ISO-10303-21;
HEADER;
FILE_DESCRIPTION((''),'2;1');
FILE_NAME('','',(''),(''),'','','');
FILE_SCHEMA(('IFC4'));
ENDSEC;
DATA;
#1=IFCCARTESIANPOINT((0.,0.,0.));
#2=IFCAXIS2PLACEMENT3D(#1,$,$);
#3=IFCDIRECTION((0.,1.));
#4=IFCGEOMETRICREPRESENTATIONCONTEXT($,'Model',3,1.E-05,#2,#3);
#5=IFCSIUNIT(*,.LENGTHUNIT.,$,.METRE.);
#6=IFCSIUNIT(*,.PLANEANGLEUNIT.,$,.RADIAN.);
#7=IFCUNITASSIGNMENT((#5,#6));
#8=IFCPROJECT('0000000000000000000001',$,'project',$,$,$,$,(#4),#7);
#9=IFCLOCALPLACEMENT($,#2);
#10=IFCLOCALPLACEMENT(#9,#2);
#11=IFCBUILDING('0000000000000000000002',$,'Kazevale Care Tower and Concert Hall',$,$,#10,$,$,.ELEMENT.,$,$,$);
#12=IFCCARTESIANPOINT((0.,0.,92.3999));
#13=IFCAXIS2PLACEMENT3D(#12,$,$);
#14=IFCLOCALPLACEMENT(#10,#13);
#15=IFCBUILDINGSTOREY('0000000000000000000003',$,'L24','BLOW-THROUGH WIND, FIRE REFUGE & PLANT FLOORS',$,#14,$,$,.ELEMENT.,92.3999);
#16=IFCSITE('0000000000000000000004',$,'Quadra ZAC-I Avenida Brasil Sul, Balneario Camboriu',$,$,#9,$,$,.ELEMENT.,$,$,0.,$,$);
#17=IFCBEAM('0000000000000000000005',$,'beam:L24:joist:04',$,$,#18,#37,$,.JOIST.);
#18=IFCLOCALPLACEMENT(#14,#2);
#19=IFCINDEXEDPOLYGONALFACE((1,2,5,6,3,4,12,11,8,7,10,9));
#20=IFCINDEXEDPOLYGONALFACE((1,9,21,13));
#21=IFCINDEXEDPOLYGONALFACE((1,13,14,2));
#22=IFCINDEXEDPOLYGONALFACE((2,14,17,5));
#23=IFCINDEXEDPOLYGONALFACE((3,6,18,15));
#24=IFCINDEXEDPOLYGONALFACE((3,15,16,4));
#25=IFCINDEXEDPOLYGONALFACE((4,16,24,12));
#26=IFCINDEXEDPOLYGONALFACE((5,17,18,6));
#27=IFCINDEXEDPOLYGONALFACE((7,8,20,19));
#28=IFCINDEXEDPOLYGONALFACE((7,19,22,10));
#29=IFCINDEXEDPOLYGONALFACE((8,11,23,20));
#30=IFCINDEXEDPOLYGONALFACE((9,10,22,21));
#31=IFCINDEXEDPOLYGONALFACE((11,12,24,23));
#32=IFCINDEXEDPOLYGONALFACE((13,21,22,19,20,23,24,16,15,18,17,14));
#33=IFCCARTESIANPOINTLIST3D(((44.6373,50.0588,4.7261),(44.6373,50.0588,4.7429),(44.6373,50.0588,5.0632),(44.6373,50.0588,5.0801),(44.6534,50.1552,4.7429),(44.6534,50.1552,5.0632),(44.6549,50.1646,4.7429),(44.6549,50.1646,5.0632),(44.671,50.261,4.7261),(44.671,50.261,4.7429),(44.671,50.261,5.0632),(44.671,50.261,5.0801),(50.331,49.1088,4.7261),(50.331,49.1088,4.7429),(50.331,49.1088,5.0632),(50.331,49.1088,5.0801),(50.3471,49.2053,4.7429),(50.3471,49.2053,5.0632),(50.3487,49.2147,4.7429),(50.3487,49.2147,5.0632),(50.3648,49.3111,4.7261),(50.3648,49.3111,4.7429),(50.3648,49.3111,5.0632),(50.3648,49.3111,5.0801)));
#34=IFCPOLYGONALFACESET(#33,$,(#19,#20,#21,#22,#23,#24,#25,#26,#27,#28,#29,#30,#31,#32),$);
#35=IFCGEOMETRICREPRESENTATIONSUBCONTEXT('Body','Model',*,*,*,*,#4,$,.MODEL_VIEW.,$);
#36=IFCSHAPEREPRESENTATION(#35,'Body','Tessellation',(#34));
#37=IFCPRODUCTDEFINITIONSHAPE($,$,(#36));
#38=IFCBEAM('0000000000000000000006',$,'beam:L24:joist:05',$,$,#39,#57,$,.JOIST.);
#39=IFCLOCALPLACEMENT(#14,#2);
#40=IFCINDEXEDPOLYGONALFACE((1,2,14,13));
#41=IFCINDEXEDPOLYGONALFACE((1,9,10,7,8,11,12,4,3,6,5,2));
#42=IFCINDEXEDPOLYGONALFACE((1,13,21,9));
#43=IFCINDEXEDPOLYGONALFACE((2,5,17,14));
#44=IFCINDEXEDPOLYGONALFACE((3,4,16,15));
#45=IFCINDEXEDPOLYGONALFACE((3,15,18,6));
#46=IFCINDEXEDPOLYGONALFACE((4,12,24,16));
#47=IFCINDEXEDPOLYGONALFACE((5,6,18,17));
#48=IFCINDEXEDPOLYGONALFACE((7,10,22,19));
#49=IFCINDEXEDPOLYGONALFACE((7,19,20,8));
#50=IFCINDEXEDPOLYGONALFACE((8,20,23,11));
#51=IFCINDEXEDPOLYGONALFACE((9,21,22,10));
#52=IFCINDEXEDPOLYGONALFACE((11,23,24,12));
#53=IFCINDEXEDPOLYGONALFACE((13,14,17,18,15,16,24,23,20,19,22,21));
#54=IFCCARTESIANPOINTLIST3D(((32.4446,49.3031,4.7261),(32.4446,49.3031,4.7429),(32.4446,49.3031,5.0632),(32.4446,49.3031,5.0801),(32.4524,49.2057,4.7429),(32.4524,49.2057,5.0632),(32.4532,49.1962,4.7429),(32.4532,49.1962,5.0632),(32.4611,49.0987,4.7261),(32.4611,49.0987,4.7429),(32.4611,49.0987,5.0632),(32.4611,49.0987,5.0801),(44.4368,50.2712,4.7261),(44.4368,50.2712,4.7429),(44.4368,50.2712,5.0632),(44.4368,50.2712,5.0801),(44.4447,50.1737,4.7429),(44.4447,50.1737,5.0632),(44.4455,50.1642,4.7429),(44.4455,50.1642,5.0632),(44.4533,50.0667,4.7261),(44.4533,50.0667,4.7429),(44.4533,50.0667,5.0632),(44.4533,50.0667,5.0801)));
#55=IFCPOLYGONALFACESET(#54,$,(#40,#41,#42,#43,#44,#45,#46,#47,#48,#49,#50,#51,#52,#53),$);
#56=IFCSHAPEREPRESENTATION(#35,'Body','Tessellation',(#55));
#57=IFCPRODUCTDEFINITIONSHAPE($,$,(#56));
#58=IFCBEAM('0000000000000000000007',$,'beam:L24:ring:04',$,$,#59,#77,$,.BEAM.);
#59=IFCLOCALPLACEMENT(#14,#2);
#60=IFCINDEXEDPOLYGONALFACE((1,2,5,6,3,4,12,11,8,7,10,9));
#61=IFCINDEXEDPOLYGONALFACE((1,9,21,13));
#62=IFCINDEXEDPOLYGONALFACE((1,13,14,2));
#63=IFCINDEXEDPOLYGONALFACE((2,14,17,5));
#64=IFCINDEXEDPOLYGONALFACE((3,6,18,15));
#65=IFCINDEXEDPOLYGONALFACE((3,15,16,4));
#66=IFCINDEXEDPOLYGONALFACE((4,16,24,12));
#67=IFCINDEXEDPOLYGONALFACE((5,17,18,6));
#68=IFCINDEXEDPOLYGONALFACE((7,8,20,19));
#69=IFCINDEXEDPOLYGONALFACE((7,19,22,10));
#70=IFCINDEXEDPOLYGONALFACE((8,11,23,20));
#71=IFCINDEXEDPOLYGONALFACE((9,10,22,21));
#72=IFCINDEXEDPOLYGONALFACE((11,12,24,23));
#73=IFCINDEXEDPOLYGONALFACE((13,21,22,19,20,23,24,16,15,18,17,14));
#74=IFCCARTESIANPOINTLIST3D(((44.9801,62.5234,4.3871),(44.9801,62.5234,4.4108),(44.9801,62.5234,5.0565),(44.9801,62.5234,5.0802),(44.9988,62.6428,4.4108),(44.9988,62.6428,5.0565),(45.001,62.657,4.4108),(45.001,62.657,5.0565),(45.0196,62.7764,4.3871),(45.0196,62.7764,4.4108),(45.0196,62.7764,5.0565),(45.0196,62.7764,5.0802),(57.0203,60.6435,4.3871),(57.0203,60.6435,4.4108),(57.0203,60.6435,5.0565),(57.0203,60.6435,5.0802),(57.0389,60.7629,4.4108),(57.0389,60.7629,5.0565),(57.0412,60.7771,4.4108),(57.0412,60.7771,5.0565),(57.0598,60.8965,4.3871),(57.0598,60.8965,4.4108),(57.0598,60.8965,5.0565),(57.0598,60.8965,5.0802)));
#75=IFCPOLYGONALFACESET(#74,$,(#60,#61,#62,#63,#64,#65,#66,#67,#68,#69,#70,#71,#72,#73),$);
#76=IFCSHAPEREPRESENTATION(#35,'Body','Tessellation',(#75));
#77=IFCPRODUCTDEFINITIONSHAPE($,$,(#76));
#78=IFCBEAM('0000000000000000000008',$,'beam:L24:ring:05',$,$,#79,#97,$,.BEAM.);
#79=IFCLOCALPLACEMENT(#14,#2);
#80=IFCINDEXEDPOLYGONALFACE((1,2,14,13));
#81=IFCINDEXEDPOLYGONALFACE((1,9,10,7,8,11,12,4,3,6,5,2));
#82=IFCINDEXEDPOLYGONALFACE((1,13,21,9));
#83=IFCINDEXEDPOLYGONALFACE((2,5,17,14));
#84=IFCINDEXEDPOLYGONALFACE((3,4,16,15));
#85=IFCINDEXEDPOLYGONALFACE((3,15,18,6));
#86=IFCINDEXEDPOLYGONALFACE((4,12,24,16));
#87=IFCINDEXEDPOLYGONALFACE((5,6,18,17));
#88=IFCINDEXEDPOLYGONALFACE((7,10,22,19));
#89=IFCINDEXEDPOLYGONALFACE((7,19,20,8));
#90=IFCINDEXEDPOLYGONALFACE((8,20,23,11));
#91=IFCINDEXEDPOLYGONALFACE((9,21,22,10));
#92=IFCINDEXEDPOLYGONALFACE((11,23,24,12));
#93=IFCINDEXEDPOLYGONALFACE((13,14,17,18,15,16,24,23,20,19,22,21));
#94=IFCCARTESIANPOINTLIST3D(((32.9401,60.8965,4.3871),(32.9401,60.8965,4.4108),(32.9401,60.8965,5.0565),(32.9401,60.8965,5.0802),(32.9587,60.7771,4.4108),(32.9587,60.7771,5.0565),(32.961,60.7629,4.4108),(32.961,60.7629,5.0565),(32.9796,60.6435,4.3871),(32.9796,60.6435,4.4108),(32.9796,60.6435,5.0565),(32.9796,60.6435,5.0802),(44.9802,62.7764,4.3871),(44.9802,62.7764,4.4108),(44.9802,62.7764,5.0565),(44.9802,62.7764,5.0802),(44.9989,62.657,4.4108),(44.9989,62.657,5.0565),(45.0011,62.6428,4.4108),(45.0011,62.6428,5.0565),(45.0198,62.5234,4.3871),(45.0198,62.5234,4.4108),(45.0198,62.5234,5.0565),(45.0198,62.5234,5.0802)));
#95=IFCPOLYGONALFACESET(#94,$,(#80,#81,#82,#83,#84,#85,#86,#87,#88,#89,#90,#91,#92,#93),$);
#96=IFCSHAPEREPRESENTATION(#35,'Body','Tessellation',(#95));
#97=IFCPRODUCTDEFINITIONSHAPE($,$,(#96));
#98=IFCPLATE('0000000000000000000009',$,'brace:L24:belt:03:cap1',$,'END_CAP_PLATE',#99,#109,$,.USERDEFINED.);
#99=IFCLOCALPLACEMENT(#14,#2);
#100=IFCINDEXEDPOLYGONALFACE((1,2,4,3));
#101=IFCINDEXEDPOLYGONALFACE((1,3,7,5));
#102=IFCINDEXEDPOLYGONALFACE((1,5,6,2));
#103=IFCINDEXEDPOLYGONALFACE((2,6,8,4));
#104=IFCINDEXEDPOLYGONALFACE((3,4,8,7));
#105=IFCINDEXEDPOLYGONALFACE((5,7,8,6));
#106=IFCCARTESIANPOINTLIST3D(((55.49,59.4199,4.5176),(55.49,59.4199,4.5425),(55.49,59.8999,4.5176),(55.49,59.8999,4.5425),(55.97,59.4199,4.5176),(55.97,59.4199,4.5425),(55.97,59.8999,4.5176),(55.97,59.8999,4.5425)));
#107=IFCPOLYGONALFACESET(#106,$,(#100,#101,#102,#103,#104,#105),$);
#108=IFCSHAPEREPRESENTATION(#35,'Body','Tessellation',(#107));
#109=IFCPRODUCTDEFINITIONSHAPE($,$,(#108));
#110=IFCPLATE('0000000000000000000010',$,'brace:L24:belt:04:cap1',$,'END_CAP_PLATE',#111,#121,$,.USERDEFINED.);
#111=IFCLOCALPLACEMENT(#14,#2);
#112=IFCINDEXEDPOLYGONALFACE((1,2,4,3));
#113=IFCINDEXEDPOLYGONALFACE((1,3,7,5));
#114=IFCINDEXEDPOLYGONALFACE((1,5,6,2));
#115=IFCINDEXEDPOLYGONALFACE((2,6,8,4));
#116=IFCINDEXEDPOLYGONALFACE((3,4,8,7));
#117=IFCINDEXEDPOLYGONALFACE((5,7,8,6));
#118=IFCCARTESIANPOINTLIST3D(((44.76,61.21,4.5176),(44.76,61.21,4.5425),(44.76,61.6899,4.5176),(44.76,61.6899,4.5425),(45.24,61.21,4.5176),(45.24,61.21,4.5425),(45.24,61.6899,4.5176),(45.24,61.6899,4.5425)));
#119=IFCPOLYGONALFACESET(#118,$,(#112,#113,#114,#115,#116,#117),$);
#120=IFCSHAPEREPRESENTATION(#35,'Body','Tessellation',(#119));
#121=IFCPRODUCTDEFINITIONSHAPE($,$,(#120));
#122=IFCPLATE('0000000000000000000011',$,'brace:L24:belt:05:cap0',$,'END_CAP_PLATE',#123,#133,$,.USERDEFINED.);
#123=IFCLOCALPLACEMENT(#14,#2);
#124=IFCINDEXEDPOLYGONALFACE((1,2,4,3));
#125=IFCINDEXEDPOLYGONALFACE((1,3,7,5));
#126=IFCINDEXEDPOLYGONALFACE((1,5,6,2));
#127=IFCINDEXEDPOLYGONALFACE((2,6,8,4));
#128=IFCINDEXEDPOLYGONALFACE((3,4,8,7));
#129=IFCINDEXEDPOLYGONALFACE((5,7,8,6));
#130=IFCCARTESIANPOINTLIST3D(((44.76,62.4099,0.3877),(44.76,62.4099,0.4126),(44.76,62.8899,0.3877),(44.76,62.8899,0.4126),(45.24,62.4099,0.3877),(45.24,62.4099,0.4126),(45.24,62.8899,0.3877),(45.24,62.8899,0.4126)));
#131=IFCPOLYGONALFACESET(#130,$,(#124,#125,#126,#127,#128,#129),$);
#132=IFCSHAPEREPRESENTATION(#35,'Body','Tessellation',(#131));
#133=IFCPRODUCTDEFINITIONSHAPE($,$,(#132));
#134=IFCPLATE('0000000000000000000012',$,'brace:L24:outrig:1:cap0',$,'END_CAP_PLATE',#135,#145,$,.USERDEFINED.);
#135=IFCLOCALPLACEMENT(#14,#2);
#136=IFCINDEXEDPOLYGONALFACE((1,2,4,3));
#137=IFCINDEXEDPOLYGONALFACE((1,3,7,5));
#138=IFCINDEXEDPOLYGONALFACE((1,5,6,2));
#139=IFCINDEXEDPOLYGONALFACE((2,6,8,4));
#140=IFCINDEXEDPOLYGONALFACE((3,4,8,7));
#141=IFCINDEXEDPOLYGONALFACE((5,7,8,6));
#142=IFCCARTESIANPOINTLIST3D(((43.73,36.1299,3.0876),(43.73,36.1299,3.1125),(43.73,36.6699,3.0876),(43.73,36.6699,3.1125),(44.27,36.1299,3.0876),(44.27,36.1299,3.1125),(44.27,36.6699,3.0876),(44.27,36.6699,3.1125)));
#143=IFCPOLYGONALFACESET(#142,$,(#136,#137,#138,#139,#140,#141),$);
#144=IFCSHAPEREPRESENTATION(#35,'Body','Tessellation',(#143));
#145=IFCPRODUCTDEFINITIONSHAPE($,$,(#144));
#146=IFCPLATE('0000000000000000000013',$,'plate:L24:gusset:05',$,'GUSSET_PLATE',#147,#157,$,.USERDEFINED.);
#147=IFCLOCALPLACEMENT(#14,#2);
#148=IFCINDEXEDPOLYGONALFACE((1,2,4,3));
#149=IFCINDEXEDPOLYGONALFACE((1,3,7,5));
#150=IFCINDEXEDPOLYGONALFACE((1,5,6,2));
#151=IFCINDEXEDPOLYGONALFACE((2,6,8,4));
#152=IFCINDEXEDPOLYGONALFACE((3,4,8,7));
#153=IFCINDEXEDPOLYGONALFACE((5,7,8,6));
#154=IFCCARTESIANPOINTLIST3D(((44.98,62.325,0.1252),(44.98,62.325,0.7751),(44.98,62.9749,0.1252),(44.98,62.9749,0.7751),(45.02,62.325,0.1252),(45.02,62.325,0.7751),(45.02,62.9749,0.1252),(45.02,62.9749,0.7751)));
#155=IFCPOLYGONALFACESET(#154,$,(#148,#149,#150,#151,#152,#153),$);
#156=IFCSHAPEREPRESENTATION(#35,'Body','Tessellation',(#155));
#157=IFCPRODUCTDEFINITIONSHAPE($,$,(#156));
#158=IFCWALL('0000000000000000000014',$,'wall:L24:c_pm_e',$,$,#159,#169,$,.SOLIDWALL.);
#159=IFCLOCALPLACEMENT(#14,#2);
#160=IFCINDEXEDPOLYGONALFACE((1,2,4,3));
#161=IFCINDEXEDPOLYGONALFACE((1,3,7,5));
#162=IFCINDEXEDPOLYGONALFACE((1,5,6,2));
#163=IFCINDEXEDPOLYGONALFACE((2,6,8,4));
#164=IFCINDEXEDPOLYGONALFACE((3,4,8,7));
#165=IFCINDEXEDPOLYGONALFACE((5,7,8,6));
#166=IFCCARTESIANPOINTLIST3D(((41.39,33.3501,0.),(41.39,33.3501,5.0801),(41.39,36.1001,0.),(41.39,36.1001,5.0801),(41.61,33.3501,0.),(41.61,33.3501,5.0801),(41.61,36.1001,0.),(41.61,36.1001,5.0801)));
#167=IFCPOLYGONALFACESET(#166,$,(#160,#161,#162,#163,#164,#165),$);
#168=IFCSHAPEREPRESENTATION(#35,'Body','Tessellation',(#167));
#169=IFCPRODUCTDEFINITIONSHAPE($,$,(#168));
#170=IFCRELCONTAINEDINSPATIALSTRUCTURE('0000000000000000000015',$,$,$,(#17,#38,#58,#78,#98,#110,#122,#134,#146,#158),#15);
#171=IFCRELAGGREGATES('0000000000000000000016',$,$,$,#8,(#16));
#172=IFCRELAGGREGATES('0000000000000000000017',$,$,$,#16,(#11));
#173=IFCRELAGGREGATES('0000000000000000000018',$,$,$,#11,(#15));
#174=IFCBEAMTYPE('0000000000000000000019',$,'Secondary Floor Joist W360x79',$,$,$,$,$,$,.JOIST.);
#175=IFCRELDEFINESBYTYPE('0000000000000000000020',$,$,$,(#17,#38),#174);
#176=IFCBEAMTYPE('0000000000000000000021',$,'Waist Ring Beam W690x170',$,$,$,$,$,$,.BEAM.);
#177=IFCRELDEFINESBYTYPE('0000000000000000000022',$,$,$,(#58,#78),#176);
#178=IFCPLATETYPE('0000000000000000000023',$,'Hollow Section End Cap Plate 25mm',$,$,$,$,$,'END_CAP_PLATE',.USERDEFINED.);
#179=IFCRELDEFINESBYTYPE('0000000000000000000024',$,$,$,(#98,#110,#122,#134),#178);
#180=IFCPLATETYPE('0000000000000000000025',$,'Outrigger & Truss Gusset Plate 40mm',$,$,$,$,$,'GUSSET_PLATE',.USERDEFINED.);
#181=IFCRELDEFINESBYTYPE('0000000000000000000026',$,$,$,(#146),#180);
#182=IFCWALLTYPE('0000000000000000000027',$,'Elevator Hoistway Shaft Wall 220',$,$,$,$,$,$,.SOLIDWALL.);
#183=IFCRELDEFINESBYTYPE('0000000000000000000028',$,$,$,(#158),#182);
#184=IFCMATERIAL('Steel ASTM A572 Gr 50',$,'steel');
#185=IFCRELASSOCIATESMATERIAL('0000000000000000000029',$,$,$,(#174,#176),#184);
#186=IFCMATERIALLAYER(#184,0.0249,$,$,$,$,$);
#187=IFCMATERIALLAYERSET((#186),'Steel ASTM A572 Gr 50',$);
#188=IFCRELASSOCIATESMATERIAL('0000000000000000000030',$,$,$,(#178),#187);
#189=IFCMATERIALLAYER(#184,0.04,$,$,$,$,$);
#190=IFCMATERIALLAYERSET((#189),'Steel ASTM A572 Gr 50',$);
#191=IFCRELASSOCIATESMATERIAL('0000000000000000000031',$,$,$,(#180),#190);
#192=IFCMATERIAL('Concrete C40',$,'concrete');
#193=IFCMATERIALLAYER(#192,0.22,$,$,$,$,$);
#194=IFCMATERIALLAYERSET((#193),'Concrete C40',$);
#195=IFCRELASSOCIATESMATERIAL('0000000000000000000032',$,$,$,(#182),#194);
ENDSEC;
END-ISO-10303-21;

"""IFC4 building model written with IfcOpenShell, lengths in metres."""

from ifc_helpers import new_model, si_unit, direction, frame, frame_2d, origin, origin_2d, place, context, subcontext, project, spatial, rectangle, i_section, extrude, material, layer, layer_set, material_profile, profile_set, type_object, element, save


model = new_model("IFC4")

# Units and contexts
model_context = context("Model", 3, precision=1e-05, world=origin(), true_north=direction((0.0, 1.0)))
body_context = subcontext(model_context, "Body", "Model", "MODEL_VIEW")
ifc_project = project(units=[si_unit("LENGTHUNIT", "METRE"), si_unit("PLANEANGLEUNIT", "RADIAN")], contexts=[model_context])

# Site, building, storey
site_placement = place(None, origin())
site = spatial("IfcSite", under=ifc_project, at=site_placement, Name="Quadra ZAC-I Avenida Brasil Sul, Balneario Camboriu", CompositionType="ELEMENT", RefElevation=0.0)
building_placement = place(site_placement, origin())
building = spatial("IfcBuilding", under=site, at=building_placement, Name="Kazevale Care Tower and Concert Hall", CompositionType="ELEMENT")
storey_placement = place(building_placement, frame((0.0, 0.0, 92.3999)))
storey = spatial("IfcBuildingStorey", under=building, at=storey_placement, Name="L24", Description="BLOW-THROUGH WIND, FIRE REFUGE & PLANT FLOORS", CompositionType="ELEMENT", Elevation=92.3999)

# Shared definitions
ifc_material_1 = material(Name="Steel ASTM A572 Gr 50", Category="steel")

# Beams
ifc_material_profile_1 = material_profile(ifc_material_1, i_section(OverallWidth=0.2051, OverallDepth=0.354, WebThickness=0.0095, FlangeThickness=0.0168, at=origin_2d()), Name="W360x79")
ifc_profile_set_1 = profile_set([ifc_material_profile_1], Name="Steel ASTM A572 Gr 50")
beam_type_1 = type_object("IfcBeamType", Name="Secondary Floor Joist W360x79", PredefinedType="JOIST", material=ifc_profile_set_1)
beam_1_placement = place(storey_placement, frame((50.3479, 49.21, 4.9031), z_axis=(-0.986366, 0.164564, 0.0), x_axis=(-0.164564, -0.986366, 0.0)))
element("IfcBeam", 1, at=beam_1_placement, inside=storey, type_object=beam_type_1, Name="beam:L24:joist:04", PredefinedType="JOIST", context=body_context, shape_type="SweptSolid", body=[
    extrude(i_section(OverallWidth=0.2051, OverallDepth=0.354, WebThickness=0.0095, FlangeThickness=0.0168, at=origin_2d()), origin(), (0.0, 0.0, 1.0), 5.7725),
])
beam_2_placement = place(storey_placement, frame((44.4451, 50.1689, 4.9031), z_axis=(-0.996758, -0.080459, 0.0), x_axis=(0.080459, -0.996758, 0.0)))
element("IfcBeam", 2, at=beam_2_placement, inside=storey, type_object=beam_type_1, Name="beam:L24:joist:05", PredefinedType="JOIST", context=body_context, shape_type="SweptSolid", body=[
    extrude(i_section(OverallWidth=0.2051, OverallDepth=0.354, WebThickness=0.0095, FlangeThickness=0.0168, at=origin_2d()), origin(), (0.0, 0.0, 1.0), 12.0312),
])
ifc_material_profile_2 = material_profile(ifc_material_1, i_section(OverallWidth=0.2561, OverallDepth=0.6931, WebThickness=0.0144, FlangeThickness=0.0237, at=origin_2d()), Name="W690x170")
ifc_profile_set_2 = profile_set([ifc_material_profile_2], Name="Steel ASTM A572 Gr 50")
beam_type_2 = type_object("IfcBeamType", Name="Waist Ring Beam W690x170", PredefinedType="BEAM", material=ifc_profile_set_2)
for number, where, z_axis, x_axis, name in (
    (3, (57.04, 60.77, 4.7336), (-0.988029, 0.154267, 0.0), (-0.154267, -0.988029, 0.0), "beam:L24:ring:04"),
    (4, (45.0, 62.6499, 4.7336), (-0.988029, -0.154267, 0.0), (0.154267, -0.988029, 0.0), "beam:L24:ring:05"),
):
    element("IfcBeam", number, at=place(storey_placement, frame(where, z_axis=z_axis, x_axis=x_axis)), inside=storey, type_object=beam_type_2, Name=name, PredefinedType="BEAM", context=body_context, shape_type="SweptSolid", body=[
        extrude(i_section(OverallWidth=0.2561, OverallDepth=0.6931, WebThickness=0.0144, FlangeThickness=0.0237, at=origin_2d()), origin(), (0.0, 0.0, 1.0), 12.186),
    ])

# Plates
ifc_layer_1 = layer(ifc_material_1, 0.0249)
ifc_layer_set_1 = layer_set([ifc_layer_1], Name="Steel ASTM A572 Gr 50")
plate_type_1 = type_object("IfcPlateType", Name="Hollow Section End Cap Plate 25mm", ElementType="END_CAP_PLATE", PredefinedType="USERDEFINED", material=ifc_layer_set_1)
for number, where, z_axis, x_axis, name in (
    (5, (55.73, 59.6599, 4.5176), (0.0, 0.0, 1.0), (1.0, 0.0, 0.0), "brace:L24:belt:03:cap1"),
    (6, (45.0, 61.45, 4.5176), (0.0, 0.0, 1.0), (1.0, 0.0, 0.0), "brace:L24:belt:04:cap1"),
    (7, (45.0, 62.6499, 0.3877), (0.0, 0.0, 1.0), (1.0, 0.0, 0.0), "brace:L24:belt:05:cap0"),
):
    element("IfcPlate", number, at=place(storey_placement, frame(where, z_axis=z_axis, x_axis=x_axis)), inside=storey, type_object=plate_type_1, Name=name, ObjectType="END_CAP_PLATE", PredefinedType="USERDEFINED", context=body_context, shape_type="SweptSolid", body=[
        extrude(rectangle(XDim=0.48, YDim=0.48, at=origin_2d()), origin(), (0.0, 0.0, 1.0), 0.0249),
    ])
plate_1_placement = place(storey_placement, frame((44.0, 36.3999, 3.0876), z_axis=(0.0, 0.0, 1.0), x_axis=(1.0, 0.0, 0.0)))
element("IfcPlate", 8, at=plate_1_placement, inside=storey, type_object=plate_type_1, Name="brace:L24:outrig:1:cap0", ObjectType="END_CAP_PLATE", PredefinedType="USERDEFINED", context=body_context, shape_type="SweptSolid", body=[
    extrude(rectangle(XDim=0.54, YDim=0.54, at=origin_2d()), origin(), (0.0, 0.0, 1.0), 0.0249),
])
ifc_layer_2 = layer(ifc_material_1, 0.04)
ifc_layer_set_2 = layer_set([ifc_layer_2], Name="Steel ASTM A572 Gr 50")
plate_type_2 = type_object("IfcPlateType", Name="Outrigger & Truss Gusset Plate 40mm", ElementType="GUSSET_PLATE", PredefinedType="USERDEFINED", material=ifc_layer_set_2)
plate_2_placement = place(storey_placement, frame((45.0, 62.6499, 0.1252), z_axis=(0.0, 0.0, 1.0), x_axis=(0.0, 1.0, 0.0)))
element("IfcPlate", 9, at=plate_2_placement, inside=storey, type_object=plate_type_2, Name="plate:L24:gusset:05", ObjectType="GUSSET_PLATE", PredefinedType="USERDEFINED", context=body_context, shape_type="SweptSolid", body=[
    extrude(rectangle(XDim=0.6499, YDim=0.04, at=origin_2d()), origin(), (0.0, 0.0, 1.0), 0.6499),
])

# Wall
ifc_material_2 = material(Name="Concrete C40", Category="concrete")
ifc_layer_3 = layer(ifc_material_2, 0.22)
ifc_layer_set_3 = layer_set([ifc_layer_3], Name="Concrete C40")
wall_type_1 = type_object("IfcWallType", Name="Elevator Hoistway Shaft Wall 220", PredefinedType="SOLIDWALL", material=ifc_layer_set_3)
wall_1_placement = place(storey_placement, frame((41.5, 33.3501, 0.0), z_axis=(0.0, 0.0, 1.0), x_axis=(0.0, 1.0, 0.0)))
element("IfcWall", 10, at=wall_1_placement, inside=storey, type_object=wall_type_1, Name="wall:L24:c_pm_e", PredefinedType="SOLIDWALL", context=body_context, shape_type="SweptSolid", body=[
    extrude(rectangle(XDim=2.75, YDim=0.22, at=frame_2d((1.375, 0.0))), origin(), (0.0, 0.0, 1.0), 5.0801),
])

save(model, "model.ifc")
